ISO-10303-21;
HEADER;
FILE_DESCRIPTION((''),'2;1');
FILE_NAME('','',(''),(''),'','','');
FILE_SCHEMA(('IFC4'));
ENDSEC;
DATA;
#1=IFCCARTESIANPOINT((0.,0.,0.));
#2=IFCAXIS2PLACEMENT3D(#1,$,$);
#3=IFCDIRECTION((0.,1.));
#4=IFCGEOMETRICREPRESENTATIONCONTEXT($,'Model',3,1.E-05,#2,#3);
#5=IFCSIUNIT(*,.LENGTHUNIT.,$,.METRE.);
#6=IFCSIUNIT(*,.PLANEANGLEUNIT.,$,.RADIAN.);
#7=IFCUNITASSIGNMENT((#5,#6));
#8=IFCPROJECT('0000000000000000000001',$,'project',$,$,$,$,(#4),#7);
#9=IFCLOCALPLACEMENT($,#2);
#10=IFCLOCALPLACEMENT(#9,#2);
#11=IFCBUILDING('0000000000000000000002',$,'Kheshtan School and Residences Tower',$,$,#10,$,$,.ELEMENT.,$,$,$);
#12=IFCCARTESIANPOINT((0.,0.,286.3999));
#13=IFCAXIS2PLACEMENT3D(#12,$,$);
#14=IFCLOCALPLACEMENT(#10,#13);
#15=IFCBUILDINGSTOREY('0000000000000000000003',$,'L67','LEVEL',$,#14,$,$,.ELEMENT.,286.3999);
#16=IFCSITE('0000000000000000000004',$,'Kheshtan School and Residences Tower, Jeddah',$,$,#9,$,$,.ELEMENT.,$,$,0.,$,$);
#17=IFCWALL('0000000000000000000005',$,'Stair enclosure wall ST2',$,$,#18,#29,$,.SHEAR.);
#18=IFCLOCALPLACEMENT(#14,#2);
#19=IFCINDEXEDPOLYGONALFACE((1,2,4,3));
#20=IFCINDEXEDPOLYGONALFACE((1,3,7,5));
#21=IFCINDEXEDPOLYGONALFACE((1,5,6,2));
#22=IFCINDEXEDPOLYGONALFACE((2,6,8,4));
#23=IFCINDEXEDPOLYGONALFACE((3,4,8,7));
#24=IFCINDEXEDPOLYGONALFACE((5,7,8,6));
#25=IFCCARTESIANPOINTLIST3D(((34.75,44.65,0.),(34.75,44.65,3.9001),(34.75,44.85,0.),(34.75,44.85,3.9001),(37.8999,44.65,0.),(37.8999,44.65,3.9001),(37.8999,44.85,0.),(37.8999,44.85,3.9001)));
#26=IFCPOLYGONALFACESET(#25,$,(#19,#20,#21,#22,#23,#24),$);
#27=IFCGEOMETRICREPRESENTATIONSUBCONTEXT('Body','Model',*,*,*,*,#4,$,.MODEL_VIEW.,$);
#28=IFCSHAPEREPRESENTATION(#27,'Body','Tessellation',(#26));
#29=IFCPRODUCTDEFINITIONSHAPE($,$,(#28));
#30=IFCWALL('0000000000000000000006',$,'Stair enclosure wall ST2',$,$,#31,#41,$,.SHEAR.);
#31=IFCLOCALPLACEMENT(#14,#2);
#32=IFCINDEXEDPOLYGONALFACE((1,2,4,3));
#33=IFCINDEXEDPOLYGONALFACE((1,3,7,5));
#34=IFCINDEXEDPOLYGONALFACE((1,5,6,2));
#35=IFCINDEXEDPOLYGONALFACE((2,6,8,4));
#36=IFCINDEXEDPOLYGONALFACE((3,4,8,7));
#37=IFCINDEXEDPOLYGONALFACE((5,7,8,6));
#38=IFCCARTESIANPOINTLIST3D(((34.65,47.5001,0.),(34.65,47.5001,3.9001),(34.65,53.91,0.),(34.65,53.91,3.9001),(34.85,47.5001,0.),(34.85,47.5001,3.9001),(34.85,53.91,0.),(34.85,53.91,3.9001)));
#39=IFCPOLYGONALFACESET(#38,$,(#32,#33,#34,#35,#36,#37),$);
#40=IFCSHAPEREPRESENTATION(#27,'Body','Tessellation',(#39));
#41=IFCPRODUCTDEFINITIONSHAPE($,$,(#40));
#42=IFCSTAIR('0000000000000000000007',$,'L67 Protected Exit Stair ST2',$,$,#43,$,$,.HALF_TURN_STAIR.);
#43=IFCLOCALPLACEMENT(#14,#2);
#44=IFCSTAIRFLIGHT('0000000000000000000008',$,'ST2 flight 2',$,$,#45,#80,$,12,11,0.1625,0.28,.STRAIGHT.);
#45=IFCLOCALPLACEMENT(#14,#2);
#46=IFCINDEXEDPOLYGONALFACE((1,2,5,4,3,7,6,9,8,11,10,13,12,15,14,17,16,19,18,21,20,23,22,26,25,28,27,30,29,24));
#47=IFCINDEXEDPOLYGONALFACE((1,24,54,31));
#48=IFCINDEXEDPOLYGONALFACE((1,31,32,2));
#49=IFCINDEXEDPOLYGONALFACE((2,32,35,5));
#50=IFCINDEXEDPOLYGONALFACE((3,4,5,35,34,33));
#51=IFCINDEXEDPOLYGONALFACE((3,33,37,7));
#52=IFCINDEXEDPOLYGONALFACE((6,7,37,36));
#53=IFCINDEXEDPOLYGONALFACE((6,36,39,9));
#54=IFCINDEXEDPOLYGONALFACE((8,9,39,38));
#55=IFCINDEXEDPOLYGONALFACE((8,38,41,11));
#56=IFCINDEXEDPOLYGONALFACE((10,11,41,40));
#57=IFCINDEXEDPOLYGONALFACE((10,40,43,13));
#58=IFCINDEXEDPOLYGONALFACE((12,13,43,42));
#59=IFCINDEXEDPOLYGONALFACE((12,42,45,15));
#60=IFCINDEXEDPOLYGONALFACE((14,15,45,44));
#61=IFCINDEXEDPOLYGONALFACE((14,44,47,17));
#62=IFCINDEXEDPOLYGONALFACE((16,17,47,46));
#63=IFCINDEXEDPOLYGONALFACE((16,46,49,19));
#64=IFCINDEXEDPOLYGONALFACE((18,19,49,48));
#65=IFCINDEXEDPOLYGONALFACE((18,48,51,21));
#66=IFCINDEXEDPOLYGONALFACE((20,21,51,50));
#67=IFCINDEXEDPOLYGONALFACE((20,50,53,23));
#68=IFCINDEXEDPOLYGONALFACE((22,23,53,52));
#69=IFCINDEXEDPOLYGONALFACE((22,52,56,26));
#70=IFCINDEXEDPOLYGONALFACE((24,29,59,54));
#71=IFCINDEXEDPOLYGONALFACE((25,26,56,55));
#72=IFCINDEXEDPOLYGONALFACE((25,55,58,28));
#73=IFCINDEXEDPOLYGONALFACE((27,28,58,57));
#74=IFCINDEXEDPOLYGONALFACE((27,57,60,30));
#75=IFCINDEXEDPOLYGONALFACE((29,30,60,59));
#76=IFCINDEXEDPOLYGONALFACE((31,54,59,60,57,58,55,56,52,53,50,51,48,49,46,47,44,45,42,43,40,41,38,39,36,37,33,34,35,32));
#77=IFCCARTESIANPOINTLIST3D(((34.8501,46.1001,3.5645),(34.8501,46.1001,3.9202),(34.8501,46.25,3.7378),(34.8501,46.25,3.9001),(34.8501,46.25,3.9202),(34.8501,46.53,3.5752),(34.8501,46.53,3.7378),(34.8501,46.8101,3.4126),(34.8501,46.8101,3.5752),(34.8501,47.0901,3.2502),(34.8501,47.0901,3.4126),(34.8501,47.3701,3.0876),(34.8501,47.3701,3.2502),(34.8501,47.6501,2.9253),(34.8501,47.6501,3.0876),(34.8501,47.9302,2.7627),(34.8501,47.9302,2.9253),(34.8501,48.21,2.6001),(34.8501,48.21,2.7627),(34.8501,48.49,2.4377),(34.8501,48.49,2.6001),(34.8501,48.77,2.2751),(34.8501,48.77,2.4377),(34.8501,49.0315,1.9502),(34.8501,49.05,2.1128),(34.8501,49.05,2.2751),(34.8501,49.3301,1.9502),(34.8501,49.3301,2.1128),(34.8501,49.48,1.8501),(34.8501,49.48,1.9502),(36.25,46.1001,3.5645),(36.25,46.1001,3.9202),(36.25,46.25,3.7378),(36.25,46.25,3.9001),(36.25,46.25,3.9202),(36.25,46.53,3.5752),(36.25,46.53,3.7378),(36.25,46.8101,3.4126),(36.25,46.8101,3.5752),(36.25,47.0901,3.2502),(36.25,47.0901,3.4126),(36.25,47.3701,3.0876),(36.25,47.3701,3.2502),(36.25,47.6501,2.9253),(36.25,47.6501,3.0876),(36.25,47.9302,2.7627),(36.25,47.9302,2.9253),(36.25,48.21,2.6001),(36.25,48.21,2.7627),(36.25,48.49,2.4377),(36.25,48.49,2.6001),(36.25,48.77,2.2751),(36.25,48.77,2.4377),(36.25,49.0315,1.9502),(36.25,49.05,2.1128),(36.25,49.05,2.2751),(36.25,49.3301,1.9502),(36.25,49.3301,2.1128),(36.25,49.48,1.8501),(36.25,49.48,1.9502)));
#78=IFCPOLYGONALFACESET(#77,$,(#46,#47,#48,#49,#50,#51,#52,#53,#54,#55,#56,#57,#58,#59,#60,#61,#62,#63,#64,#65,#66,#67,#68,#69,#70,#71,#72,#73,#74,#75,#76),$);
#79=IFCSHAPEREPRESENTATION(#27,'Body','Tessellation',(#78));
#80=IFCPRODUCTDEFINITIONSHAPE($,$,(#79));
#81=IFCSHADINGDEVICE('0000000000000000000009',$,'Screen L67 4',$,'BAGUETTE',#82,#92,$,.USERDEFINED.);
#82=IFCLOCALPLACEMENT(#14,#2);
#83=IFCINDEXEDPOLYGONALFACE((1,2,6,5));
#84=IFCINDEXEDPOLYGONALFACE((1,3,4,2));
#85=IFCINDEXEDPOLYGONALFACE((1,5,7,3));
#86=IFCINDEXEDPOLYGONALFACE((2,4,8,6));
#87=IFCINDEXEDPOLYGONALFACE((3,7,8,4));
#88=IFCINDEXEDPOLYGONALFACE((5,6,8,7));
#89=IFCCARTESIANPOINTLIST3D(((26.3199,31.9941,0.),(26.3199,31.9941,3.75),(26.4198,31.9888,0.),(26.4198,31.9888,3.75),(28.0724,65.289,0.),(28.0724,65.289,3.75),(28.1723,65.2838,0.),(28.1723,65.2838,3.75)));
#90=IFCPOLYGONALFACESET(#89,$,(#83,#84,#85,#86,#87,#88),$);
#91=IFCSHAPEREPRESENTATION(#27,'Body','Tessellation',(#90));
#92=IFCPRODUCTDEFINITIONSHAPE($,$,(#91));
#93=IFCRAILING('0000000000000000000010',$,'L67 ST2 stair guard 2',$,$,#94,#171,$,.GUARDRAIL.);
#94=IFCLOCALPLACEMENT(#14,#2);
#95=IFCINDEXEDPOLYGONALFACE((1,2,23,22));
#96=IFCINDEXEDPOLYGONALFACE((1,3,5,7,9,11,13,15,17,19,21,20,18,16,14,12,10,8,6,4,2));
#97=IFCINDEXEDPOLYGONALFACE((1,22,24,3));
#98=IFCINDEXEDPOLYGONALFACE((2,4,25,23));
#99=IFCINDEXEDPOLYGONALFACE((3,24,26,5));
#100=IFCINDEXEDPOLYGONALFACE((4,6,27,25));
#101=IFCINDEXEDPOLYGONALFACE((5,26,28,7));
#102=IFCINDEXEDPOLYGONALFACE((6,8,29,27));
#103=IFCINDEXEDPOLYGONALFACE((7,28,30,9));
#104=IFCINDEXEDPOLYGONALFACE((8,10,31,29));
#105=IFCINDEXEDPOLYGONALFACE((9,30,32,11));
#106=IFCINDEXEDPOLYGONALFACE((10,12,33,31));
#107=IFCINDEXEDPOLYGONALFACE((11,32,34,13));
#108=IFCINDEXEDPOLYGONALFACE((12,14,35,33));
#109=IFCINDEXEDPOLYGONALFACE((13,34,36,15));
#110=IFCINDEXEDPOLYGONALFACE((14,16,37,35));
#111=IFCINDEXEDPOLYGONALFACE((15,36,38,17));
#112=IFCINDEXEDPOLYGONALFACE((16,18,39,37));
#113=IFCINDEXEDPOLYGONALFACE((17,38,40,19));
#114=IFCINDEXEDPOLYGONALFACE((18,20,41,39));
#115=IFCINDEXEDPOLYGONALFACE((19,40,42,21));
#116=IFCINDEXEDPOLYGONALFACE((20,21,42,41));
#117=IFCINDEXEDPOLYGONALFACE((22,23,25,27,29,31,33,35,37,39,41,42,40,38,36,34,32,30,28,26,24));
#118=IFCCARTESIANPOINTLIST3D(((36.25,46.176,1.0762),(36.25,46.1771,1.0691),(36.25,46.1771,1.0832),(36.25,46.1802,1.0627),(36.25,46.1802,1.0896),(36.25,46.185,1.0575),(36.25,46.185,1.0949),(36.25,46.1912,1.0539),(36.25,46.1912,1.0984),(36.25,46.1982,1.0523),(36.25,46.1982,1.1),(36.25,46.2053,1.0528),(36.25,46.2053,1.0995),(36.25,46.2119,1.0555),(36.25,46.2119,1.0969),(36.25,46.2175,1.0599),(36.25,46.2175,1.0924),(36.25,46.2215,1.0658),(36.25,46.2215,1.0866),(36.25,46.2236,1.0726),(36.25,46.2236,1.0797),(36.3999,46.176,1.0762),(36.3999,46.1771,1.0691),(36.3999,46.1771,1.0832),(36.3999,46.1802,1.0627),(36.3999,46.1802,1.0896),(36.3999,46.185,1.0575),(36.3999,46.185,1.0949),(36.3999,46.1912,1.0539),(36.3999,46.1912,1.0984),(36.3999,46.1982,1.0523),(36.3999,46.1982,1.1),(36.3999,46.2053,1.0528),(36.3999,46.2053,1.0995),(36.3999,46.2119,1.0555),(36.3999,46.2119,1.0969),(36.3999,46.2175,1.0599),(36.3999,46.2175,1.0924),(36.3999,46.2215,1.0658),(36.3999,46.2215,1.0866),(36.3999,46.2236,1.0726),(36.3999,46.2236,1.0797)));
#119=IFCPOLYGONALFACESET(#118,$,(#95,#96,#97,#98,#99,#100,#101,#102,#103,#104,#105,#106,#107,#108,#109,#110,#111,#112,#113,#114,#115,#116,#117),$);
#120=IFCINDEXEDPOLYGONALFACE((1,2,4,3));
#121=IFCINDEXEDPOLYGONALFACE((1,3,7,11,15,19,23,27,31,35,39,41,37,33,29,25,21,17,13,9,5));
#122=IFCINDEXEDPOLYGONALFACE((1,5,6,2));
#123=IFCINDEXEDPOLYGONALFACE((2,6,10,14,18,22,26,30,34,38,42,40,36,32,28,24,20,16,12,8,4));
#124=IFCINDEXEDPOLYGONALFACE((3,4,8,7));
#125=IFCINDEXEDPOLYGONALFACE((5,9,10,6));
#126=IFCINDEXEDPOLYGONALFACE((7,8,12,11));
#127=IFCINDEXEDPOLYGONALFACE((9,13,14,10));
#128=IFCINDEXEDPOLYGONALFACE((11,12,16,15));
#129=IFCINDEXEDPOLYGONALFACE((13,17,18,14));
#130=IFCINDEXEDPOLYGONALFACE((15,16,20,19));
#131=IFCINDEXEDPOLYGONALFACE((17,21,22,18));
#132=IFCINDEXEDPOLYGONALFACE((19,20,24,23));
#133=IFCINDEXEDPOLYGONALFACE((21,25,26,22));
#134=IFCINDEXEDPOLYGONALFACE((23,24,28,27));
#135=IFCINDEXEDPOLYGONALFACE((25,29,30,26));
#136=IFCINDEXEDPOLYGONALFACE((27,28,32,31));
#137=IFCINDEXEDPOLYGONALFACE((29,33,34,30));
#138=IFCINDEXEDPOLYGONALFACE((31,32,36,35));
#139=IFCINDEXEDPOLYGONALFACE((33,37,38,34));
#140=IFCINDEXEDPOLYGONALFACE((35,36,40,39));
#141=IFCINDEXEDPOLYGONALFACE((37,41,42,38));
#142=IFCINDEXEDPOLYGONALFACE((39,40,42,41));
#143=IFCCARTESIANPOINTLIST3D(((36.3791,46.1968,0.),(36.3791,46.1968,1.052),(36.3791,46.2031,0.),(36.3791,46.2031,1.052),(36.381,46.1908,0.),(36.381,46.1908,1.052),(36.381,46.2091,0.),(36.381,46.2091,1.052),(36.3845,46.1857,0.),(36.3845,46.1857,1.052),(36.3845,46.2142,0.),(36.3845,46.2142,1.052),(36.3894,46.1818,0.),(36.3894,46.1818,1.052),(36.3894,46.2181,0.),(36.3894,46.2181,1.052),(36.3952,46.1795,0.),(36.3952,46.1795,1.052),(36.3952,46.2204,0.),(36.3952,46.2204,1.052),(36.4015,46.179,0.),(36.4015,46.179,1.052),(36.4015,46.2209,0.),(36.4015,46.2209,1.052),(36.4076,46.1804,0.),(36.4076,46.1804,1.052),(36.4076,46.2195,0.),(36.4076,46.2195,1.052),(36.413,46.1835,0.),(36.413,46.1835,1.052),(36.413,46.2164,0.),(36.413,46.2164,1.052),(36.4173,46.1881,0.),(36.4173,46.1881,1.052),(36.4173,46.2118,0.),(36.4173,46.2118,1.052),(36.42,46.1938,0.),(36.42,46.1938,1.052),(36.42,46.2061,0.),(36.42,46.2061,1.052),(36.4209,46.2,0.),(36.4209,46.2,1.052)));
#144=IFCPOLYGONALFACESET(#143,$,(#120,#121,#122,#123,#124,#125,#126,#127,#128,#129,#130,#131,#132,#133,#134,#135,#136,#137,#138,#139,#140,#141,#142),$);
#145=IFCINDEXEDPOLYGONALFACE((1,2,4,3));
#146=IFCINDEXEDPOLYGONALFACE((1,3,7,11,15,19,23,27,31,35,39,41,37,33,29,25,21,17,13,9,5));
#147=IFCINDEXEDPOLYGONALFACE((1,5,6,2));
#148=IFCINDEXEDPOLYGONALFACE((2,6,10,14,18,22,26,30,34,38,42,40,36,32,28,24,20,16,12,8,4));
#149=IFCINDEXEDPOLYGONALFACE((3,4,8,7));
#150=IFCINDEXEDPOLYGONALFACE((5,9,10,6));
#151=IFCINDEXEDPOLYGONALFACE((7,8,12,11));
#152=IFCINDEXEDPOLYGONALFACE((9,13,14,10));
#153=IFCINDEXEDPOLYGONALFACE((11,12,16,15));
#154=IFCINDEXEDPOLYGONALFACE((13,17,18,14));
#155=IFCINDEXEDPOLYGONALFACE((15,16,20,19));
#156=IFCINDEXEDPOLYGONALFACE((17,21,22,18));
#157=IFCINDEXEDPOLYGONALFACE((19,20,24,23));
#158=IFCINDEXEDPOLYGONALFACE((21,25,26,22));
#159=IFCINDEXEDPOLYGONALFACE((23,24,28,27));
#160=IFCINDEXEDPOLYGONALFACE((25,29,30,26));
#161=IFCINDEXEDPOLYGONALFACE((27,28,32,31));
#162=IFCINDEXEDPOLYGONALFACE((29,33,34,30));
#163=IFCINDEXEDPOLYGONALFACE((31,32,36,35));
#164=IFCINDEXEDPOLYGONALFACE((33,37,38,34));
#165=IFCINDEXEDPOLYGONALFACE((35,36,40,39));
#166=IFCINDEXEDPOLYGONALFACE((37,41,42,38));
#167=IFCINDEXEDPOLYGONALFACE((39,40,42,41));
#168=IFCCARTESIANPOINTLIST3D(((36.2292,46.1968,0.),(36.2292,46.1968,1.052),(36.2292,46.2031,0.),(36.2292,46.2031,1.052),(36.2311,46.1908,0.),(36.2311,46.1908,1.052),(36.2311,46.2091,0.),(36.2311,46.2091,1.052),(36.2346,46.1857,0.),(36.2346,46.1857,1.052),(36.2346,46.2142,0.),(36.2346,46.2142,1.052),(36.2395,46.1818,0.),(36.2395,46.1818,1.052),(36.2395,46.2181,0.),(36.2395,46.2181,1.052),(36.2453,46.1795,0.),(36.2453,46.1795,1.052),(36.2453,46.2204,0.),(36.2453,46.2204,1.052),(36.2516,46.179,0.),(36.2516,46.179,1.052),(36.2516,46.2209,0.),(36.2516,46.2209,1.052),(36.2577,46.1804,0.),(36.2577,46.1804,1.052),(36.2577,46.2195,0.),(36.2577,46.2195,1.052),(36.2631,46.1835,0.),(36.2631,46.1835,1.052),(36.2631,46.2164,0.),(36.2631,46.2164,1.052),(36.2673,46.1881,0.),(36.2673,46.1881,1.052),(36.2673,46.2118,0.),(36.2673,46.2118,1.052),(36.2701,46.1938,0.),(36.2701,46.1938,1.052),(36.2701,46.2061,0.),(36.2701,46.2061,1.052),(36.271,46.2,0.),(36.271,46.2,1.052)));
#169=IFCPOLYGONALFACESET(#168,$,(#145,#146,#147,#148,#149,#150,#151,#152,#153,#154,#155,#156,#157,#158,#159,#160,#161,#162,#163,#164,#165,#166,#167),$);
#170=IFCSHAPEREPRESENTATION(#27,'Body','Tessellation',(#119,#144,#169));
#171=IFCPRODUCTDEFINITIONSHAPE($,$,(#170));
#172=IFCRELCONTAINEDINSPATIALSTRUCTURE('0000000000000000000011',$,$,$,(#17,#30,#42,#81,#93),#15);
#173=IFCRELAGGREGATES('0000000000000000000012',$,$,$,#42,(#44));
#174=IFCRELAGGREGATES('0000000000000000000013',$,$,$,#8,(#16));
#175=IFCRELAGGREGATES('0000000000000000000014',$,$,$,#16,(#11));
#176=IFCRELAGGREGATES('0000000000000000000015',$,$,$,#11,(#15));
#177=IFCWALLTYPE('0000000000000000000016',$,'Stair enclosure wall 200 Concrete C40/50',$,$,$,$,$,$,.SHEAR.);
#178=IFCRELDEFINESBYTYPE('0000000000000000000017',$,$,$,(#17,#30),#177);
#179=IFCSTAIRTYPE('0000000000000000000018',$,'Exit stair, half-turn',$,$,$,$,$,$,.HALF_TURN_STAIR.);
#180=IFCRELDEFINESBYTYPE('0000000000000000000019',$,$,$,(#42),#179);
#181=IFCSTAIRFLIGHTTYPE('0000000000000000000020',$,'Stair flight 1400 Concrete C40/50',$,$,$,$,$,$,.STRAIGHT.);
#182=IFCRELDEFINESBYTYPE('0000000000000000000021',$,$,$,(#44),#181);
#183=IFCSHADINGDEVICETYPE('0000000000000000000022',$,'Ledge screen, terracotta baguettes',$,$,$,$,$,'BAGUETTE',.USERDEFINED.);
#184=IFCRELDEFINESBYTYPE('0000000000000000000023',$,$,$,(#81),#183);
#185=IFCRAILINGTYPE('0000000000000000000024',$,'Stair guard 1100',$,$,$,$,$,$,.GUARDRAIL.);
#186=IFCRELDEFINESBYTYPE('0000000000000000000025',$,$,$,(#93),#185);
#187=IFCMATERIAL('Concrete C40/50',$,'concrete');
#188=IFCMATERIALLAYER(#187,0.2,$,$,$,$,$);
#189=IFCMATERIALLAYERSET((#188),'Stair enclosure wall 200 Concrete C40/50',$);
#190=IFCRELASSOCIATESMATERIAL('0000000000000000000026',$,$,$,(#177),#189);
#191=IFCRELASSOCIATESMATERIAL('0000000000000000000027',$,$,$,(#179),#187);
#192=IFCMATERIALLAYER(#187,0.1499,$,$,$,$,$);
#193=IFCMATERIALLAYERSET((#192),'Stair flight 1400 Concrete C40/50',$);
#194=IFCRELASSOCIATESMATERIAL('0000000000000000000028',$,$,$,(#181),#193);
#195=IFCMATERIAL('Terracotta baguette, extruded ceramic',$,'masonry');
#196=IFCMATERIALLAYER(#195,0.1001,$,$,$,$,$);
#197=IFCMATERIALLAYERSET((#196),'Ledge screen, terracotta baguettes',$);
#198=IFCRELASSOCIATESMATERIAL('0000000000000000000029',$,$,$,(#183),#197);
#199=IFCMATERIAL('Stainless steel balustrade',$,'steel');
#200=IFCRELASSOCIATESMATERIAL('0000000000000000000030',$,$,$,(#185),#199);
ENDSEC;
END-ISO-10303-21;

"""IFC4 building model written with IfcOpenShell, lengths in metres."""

from ifc_helpers import new_model, si_unit, direction, frame, frame_2d, origin, origin_2d, place, context, subcontext, project, spatial, polyline, rectangle, circle, outline, extrude, material, layer, layer_set, type_object, element, aggregate, save


model = new_model("IFC4")

# Units and contexts
model_context = context("Model", 3, precision=1e-05, world=origin(), true_north=direction((0.0, 1.0)))
body_context = subcontext(model_context, "Body", "Model", "MODEL_VIEW")
ifc_project = project(units=[si_unit("LENGTHUNIT", "METRE"), si_unit("PLANEANGLEUNIT", "RADIAN")], contexts=[model_context])

# Site, building, storey
site_placement = place(None, origin())
site = spatial("IfcSite", under=ifc_project, at=site_placement, Name="Kheshtan School and Residences Tower, Jeddah", CompositionType="ELEMENT", RefElevation=0.0)
building_placement = place(site_placement, origin())
building = spatial("IfcBuilding", under=site, at=building_placement, Name="Kheshtan School and Residences Tower", CompositionType="ELEMENT")
storey_placement = place(building_placement, frame((0.0, 0.0, 286.3999)))
storey = spatial("IfcBuildingStorey", under=building, at=storey_placement, Name="L67", Description="LEVEL", CompositionType="ELEMENT", Elevation=286.3999)

# Walls
ifc_material_1 = material(Name="Concrete C40/50", Category="concrete")
ifc_layer_1 = layer(ifc_material_1, 0.2)
ifc_layer_set_1 = layer_set([ifc_layer_1], Name="Stair enclosure wall 200 Concrete C40/50")
wall_type_1 = type_object("IfcWallType", Name="Stair enclosure wall 200 Concrete C40/50", PredefinedType="SHEAR", material=ifc_layer_set_1)
wall_1_placement = place(storey_placement, frame((34.75, 44.75, 0.0), z_axis=(0.0, 0.0, 1.0), x_axis=(1.0, 0.0, 0.0)))
element("IfcWall", 1, at=wall_1_placement, inside=storey, type_object=wall_type_1, Name="Stair enclosure wall ST2", PredefinedType="SHEAR", context=body_context, shape_type="SweptSolid", body=[
    extrude(rectangle(XDim=3.1499, YDim=0.2, at=frame_2d((1.575, 0.0))), origin(), (0.0, 0.0, 1.0), 3.9001),
])
wall_2_placement = place(storey_placement, frame((34.75, 47.5, 0.0), z_axis=(0.0, 0.0, 1.0), x_axis=(0.0, 1.0, 0.0)))
element("IfcWall", 2, at=wall_2_placement, inside=storey, type_object=wall_type_1, Name="Stair enclosure wall ST2", PredefinedType="SHEAR", context=body_context, shape_type="SweptSolid", body=[
    extrude(rectangle(XDim=6.4099, YDim=0.2, at=frame_2d((3.2051, 0.0))), origin(), (0.0, 0.0, 1.0), 3.9001),
])

# Stair, stair flight
stair_type = type_object("IfcStairType", Name="Exit stair, half-turn", PredefinedType="HALF_TURN_STAIR", material=ifc_material_1)
stair_placement = place(storey_placement, origin())
stair = element("IfcStair", 3, at=stair_placement, inside=storey, type_object=stair_type, Name="L67 Protected Exit Stair ST2", PredefinedType="HALF_TURN_STAIR")
ifc_layer_2 = layer(ifc_material_1, 0.1499)
ifc_layer_set_2 = layer_set([ifc_layer_2], Name="Stair flight 1400 Concrete C40/50")
stair_flight_type = type_object("IfcStairFlightType", Name="Stair flight 1400 Concrete C40/50", PredefinedType="STRAIGHT", material=ifc_layer_set_2)
stair_flight_placement = place(storey_placement, frame((35.55, 49.3301, 1.9502), z_axis=(0.0, 0.0, 1.0), x_axis=(0.0, -1.0, 0.0)))
stair_flight = element("IfcStairFlight", 4, at=stair_flight_placement, type_object=stair_flight_type, Name="ST2 flight 2", NumberOfRisers=12, NumberOfTreads=11, PredefinedType="STRAIGHT", RiserHeight=0.1625, TreadLength=0.28, context=body_context, shape_type="SweptSolid", body=[
    extrude(outline(polyline([(-0.1499, -0.1001), (-0.1499, 0.0), (0.0, 0.0), (0.0, 0.1626), (0.28, 0.1626), (0.28, 0.325), (0.5601, 0.325), (0.5601, 0.4875), (0.8401, 0.4875), (0.8401, 0.6499), (1.1201, 0.6499), (1.1201, 0.8125), (1.3999, 0.8125), (1.3999, 0.9751), (1.6799, 0.9751), (1.6799, 1.1375), (1.96, 1.1375), (1.96, 1.3), (2.24, 1.3), (2.24, 1.4624), (2.52, 1.4624), (2.52, 1.625), (2.8, 1.625), (2.8, 1.7876), (3.0801, 1.7876), (3.0801, 1.95), (3.0801, 1.97), (3.23, 1.97), (3.23, 1.6143), (0.2986, 0.0), (-0.1499, -0.1001)])), frame((0.0, 0.7, 0.0), z_axis=(0.0, -1.0, 0.0), x_axis=(1.0, 0.0, 0.0)), (0.0, 0.0, 1.0), 1.3999),
])
aggregate(stair, [stair_flight])

# Shading device
ifc_material_2 = material(Name="Terracotta baguette, extruded ceramic", Category="masonry")
ifc_layer_3 = layer(ifc_material_2, 0.1001)
ifc_layer_set_3 = layer_set([ifc_layer_3], Name="Ledge screen, terracotta baguettes")
shading_device_type = type_object("IfcShadingDeviceType", Name="Ledge screen, terracotta baguettes", ElementType="BAGUETTE", PredefinedType="USERDEFINED", material=ifc_layer_set_3)
shading_device_placement = place(storey_placement, frame((27.2461, 48.6389, 0.0), z_axis=(0.0, 0.0, 1.0), x_axis=(0.052563, 0.998618, 0.0)))
element("IfcShadingDevice", 5, at=shading_device_placement, inside=storey, type_object=shading_device_type, Name="Screen L67 4", ObjectType="BAGUETTE", PredefinedType="USERDEFINED", context=body_context, shape_type="SweptSolid", body=[
    extrude(rectangle(XDim=33.3411, YDim=0.1001, at=origin_2d()), origin(), (0.0, 0.0, 1.0), 3.75),
])

# Railing
ifc_material_3 = material(Name="Stainless steel balustrade", Category="steel")
railing_type_1 = type_object("IfcRailingType", Name="Stair guard 1100", PredefinedType="GUARDRAIL", material=ifc_material_3)
railing_1_placement = place(storey_placement, frame((36.3999, 46.2, 0.0)))
element("IfcRailing", 6, at=railing_1_placement, inside=storey, type_object=railing_type_1, Name="L67 ST2 stair guard 2", PredefinedType="GUARDRAIL", context=body_context, shape_type="SweptSolid", body=[
    extrude(circle(Radius=0.0239, at=origin_2d()), frame((0.0, 0.0, 1.0762), z_axis=(-1.0, 0.0, 0.0), x_axis=(0.0, -1.0, 0.0)), (0.0, 0.0, 1.0), 0.1499),
    extrude(circle(Radius=0.021, at=origin_2d()), origin(), (0.0, 0.0, 1.0), 1.052),
    extrude(circle(Radius=0.021, at=origin_2d()), frame((-0.1499, 0.0, 0.0)), (0.0, 0.0, 1.0), 1.052),
])

save(model, "model.ifc")
